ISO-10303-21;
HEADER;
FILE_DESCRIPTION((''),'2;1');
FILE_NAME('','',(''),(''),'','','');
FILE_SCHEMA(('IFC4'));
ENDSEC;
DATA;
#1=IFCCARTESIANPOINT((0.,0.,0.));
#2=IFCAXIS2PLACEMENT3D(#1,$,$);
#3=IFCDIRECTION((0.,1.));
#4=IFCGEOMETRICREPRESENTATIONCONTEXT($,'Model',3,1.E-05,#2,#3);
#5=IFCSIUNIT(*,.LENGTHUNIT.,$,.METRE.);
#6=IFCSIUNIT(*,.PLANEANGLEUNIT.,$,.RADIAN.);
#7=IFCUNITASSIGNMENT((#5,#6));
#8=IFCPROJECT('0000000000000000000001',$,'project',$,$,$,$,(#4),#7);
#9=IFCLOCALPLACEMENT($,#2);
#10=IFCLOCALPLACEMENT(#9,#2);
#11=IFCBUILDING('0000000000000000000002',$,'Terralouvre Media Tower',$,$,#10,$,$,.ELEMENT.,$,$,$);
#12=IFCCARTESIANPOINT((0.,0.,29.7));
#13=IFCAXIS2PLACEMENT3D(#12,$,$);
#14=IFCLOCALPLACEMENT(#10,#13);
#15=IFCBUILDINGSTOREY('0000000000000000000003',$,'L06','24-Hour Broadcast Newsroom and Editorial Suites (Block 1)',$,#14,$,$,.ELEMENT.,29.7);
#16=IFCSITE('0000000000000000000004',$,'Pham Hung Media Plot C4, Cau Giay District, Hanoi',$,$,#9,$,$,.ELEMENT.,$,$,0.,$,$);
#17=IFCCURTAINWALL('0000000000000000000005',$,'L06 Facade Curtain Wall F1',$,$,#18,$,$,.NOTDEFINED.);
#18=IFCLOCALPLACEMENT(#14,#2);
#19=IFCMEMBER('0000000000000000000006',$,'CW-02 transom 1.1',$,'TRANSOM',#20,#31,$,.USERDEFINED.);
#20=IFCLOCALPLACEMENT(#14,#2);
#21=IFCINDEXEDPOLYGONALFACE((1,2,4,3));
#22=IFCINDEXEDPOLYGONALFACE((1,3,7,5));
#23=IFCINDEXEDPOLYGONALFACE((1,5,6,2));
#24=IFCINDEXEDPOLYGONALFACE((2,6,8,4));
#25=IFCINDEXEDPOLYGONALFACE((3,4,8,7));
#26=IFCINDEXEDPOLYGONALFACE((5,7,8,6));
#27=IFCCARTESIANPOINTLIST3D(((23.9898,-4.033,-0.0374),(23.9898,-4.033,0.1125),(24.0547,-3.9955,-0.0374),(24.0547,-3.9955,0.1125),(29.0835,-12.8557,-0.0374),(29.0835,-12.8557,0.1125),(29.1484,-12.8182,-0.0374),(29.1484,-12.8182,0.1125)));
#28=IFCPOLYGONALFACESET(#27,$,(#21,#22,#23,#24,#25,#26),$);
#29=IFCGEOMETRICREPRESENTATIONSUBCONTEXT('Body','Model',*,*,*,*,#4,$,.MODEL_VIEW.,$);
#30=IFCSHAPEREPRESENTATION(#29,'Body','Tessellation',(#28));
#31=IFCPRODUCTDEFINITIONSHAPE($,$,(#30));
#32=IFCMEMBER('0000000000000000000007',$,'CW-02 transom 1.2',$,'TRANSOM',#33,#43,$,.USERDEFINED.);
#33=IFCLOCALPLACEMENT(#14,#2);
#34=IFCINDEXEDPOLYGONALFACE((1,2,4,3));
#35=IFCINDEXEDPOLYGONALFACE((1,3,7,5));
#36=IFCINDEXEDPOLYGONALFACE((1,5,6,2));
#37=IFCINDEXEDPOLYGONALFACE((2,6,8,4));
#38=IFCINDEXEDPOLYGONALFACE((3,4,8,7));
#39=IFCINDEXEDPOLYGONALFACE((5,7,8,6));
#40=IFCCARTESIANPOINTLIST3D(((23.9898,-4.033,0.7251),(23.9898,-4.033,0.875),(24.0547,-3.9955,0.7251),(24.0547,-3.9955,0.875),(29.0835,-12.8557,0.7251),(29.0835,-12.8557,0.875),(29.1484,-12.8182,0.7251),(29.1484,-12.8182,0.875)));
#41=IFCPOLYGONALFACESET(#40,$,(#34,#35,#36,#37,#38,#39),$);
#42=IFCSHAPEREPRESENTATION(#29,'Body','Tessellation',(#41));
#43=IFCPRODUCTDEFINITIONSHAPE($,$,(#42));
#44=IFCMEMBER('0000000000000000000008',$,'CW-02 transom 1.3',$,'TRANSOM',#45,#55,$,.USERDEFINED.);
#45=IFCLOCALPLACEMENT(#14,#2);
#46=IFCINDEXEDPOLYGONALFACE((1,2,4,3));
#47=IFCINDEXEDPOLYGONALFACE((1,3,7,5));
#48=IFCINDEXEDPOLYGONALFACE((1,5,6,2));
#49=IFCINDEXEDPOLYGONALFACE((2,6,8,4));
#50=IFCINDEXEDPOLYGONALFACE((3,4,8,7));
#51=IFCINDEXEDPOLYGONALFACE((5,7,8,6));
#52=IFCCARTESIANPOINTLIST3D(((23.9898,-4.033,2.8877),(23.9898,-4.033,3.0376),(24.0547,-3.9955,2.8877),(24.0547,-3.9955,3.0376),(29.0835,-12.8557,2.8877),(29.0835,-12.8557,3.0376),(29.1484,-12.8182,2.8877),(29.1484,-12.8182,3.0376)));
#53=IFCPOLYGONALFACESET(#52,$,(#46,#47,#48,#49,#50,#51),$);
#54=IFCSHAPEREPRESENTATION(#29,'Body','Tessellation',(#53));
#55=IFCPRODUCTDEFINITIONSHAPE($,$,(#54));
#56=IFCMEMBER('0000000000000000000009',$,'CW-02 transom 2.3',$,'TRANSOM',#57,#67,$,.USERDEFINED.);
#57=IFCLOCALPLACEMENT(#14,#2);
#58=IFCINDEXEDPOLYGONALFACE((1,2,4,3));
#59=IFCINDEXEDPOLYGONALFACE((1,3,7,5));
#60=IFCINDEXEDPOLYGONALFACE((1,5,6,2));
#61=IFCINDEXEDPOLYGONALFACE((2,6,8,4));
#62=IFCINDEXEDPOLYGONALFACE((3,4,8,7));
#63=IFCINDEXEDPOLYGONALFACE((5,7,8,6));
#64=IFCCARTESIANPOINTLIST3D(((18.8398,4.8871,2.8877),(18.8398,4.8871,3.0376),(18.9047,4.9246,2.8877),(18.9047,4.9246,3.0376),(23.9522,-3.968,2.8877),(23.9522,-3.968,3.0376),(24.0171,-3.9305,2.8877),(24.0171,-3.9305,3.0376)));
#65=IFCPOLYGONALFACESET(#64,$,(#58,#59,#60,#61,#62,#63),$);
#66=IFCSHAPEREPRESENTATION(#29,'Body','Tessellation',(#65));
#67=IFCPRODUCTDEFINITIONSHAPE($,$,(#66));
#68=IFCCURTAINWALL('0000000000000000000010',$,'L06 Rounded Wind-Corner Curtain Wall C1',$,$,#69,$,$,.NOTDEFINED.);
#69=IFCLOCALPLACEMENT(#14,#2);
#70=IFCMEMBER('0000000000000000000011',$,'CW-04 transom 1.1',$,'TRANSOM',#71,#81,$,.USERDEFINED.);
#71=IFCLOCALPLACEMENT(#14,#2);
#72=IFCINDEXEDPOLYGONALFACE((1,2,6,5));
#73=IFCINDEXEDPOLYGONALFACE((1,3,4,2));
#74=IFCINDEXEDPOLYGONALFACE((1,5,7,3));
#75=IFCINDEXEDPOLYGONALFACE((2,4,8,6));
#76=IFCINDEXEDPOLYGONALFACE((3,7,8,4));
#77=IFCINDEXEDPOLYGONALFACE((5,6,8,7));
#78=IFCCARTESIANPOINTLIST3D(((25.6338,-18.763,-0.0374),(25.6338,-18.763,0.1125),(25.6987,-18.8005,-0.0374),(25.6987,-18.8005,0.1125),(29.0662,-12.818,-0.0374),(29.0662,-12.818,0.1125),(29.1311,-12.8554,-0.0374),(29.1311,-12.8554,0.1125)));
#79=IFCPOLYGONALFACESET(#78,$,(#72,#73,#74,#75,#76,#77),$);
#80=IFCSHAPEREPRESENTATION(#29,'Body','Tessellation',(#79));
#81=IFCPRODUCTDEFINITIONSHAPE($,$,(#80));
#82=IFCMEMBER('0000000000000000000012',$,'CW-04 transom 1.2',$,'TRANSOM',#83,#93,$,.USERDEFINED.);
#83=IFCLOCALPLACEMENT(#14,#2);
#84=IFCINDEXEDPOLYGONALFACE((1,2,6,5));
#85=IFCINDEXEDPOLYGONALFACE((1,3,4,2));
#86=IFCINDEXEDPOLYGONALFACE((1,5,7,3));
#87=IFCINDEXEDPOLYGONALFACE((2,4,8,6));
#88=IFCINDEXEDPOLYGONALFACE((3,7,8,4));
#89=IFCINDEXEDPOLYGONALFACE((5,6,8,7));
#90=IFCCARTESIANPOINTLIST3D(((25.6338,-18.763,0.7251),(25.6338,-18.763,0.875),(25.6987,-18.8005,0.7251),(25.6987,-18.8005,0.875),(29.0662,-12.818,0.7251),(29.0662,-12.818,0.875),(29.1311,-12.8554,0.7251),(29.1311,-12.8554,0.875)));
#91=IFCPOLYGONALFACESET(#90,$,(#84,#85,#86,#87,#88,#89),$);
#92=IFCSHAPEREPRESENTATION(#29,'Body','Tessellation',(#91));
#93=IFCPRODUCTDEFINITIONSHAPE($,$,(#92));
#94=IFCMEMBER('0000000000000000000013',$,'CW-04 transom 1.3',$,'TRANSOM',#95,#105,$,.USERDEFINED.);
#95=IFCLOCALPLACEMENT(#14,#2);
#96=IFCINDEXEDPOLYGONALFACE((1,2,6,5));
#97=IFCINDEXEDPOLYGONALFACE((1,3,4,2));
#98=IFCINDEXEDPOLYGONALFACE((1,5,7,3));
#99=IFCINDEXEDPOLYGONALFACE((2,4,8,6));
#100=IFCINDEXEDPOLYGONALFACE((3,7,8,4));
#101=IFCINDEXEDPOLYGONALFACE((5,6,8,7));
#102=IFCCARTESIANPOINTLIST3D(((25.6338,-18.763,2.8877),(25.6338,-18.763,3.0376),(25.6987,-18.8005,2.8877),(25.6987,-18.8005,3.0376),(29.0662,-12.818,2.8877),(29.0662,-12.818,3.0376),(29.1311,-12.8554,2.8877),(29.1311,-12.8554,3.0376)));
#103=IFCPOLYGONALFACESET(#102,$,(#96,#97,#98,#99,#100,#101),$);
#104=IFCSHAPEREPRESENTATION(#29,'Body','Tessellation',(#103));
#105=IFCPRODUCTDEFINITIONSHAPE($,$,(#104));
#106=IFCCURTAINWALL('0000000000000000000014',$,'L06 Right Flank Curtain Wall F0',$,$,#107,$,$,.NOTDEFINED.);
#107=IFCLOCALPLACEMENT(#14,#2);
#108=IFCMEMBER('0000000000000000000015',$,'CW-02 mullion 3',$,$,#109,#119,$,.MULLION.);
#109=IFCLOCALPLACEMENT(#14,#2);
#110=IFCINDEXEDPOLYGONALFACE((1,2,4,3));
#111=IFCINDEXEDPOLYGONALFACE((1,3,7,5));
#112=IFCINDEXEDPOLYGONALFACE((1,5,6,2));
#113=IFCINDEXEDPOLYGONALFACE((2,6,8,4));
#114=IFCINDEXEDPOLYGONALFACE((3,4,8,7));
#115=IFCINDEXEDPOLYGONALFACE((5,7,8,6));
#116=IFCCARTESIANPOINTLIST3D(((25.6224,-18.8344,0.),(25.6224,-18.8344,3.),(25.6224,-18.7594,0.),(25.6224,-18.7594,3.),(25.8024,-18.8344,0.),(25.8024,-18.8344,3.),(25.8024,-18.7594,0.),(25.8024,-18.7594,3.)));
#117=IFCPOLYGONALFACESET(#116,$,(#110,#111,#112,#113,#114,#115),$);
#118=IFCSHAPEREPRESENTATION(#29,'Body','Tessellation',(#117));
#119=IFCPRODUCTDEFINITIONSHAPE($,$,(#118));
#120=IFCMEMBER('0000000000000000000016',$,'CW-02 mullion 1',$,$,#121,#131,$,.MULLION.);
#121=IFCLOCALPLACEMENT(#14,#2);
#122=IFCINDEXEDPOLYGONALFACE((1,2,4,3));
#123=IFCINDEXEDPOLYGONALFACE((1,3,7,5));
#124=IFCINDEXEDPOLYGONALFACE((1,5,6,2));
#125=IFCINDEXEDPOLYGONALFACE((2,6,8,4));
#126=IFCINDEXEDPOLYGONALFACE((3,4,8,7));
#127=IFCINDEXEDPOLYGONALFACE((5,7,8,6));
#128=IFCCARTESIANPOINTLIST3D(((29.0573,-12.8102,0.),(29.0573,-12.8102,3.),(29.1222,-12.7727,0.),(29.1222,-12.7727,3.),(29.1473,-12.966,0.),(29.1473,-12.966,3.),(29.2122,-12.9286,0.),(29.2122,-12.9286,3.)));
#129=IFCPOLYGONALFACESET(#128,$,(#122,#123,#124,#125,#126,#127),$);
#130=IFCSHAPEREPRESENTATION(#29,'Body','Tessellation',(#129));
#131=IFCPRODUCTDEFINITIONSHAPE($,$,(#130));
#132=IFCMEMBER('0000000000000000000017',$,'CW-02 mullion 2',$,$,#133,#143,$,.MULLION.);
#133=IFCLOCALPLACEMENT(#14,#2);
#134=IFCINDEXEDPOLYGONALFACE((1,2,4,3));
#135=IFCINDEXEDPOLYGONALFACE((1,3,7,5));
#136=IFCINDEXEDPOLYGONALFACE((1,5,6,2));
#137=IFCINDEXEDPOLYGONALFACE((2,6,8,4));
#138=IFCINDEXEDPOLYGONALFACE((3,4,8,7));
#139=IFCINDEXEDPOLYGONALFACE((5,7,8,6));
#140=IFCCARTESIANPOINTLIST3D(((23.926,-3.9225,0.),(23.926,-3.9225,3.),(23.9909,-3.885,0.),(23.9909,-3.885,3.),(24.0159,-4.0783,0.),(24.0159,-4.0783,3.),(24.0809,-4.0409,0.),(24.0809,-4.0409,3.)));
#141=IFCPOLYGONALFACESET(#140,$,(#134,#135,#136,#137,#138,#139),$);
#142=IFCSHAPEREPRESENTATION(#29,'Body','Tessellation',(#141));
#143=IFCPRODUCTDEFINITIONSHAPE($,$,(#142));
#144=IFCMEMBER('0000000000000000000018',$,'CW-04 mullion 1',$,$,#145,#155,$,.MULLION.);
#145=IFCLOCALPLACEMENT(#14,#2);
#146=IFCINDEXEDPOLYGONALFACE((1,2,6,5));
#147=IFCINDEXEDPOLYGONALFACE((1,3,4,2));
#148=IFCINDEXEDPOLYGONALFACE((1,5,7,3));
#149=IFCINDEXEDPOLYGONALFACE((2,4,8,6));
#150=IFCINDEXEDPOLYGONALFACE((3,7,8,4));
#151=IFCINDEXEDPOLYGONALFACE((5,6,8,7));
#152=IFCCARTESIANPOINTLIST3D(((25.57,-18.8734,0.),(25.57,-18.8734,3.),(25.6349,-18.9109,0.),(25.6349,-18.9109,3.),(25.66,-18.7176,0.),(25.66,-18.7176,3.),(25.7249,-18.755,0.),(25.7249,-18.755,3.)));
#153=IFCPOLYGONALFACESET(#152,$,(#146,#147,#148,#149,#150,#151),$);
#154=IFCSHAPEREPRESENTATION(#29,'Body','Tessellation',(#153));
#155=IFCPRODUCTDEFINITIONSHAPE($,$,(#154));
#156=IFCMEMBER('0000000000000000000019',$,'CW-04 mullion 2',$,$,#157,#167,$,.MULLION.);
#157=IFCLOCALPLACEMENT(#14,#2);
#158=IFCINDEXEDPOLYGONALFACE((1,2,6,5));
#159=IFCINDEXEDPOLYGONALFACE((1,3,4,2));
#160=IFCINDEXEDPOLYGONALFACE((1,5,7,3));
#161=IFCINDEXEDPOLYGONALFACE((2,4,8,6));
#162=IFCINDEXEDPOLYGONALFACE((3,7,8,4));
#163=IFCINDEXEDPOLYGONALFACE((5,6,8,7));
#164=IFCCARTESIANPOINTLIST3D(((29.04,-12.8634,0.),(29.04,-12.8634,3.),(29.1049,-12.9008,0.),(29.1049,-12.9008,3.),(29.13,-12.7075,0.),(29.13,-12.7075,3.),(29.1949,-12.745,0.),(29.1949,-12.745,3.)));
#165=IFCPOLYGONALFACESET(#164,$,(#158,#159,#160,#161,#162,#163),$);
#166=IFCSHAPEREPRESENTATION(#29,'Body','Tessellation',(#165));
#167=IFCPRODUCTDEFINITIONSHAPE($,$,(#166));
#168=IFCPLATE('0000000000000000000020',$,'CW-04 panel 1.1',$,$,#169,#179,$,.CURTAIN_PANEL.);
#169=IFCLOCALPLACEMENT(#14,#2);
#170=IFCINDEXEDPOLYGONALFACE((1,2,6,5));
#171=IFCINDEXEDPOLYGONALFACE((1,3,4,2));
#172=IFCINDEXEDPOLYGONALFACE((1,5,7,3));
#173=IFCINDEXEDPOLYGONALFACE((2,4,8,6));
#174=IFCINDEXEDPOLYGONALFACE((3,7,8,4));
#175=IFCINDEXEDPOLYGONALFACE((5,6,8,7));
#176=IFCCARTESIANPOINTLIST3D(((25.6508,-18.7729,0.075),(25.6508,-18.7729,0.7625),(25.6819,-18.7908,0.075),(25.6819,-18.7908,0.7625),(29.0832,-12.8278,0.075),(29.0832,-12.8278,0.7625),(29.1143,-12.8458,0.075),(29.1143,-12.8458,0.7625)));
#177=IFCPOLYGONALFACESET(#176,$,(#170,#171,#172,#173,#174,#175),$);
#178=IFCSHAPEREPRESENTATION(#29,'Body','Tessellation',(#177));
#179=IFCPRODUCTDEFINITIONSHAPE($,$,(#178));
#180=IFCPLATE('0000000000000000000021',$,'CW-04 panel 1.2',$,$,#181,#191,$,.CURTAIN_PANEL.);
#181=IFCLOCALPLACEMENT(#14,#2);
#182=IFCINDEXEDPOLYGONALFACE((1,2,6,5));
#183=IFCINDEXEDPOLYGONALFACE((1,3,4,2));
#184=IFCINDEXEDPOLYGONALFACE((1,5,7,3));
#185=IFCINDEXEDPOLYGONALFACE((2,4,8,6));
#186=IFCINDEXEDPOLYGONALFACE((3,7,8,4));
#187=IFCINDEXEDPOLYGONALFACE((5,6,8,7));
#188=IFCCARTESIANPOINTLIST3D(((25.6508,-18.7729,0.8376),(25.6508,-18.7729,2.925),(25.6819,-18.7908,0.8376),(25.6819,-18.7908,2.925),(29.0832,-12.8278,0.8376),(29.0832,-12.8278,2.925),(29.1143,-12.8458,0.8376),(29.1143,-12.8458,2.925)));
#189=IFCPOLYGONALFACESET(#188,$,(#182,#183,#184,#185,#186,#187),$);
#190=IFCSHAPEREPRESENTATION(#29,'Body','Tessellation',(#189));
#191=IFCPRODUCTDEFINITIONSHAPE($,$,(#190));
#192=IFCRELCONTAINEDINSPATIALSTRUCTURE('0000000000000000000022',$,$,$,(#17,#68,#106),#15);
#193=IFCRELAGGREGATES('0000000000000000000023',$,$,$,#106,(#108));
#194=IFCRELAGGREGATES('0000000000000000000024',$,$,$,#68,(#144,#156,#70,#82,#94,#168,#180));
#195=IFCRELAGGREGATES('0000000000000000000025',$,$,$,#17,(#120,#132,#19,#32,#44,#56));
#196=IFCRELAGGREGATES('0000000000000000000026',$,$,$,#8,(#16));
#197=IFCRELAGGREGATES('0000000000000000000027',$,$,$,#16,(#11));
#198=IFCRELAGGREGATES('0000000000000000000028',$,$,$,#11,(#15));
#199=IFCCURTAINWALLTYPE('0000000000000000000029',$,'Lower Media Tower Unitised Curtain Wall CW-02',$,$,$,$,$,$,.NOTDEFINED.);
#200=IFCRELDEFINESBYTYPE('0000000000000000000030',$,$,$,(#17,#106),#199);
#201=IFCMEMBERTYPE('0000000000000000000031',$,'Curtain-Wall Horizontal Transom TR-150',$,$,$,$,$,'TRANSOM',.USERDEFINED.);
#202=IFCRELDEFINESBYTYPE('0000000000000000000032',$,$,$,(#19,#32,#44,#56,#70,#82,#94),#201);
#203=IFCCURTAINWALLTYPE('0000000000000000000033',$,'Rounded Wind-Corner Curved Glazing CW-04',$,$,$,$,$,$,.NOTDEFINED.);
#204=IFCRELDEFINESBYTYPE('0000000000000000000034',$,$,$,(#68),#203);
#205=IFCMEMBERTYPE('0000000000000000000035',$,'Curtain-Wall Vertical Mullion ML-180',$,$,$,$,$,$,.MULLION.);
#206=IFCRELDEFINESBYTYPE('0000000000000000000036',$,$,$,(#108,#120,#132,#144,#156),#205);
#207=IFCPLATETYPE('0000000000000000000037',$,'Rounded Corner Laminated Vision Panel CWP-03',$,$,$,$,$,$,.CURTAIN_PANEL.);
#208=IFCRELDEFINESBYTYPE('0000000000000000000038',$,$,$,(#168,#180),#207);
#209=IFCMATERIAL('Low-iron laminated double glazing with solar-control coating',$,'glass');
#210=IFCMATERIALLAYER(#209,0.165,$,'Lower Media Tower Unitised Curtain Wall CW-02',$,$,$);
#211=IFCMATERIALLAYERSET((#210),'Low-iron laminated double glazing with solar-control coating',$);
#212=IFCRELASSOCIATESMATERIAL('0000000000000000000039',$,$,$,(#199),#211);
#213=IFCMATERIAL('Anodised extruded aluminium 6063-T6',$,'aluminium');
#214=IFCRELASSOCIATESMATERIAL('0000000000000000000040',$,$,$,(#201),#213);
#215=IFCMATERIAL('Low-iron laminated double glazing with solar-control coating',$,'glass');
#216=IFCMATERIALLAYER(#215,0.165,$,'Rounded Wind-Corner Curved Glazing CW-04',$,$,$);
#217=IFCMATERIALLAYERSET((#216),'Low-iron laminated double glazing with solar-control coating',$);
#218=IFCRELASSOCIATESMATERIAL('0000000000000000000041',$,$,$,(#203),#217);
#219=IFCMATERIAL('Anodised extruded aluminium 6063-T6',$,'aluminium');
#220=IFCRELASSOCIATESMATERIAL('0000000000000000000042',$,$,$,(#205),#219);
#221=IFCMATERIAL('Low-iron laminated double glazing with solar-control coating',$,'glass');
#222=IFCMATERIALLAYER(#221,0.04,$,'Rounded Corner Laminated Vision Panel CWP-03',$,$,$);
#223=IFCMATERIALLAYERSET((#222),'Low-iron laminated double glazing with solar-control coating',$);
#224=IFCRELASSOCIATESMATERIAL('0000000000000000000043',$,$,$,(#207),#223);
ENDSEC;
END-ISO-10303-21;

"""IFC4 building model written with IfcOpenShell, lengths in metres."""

from ifc_helpers import new_model, si_unit, direction, frame, origin, origin_2d, place, context, subcontext, project, spatial, rectangle, extrude, material, layer, layer_set, material_profile, profile_set, type_object, element, aggregate, save


model = new_model("IFC4")

# Units and contexts
model_context = context("Model", 3, precision=1e-05, world=origin(), true_north=direction((0.0, 1.0)))
body_context = subcontext(model_context, "Body", "Model", "MODEL_VIEW")
ifc_project = project(units=[si_unit("LENGTHUNIT", "METRE"), si_unit("PLANEANGLEUNIT", "RADIAN")], contexts=[model_context])

# Site, building, storey
site_placement = place(None, origin())
site = spatial("IfcSite", under=ifc_project, at=site_placement, Name="Pham Hung Media Plot C4, Cau Giay District, Hanoi", CompositionType="ELEMENT", RefElevation=0.0)
building_placement = place(site_placement, origin())
building = spatial("IfcBuilding", under=site, at=building_placement, Name="Terralouvre Media Tower", CompositionType="ELEMENT")
storey_placement = place(building_placement, frame((0.0, 0.0, 29.7)))
storey = spatial("IfcBuildingStorey", under=building, at=storey_placement, Name="L06", Description="24-Hour Broadcast Newsroom and Editorial Suites (Block 1)", CompositionType="ELEMENT", Elevation=29.7)

# Curtain walls, members
ifc_material_1 = material(Name="Low-iron laminated double glazing with solar-control coating", Category="glass")
ifc_layer_1 = layer(ifc_material_1, 0.165, Name="Lower Media Tower Unitised Curtain Wall CW-02")
ifc_layer_set_1 = layer_set([ifc_layer_1], Name="Low-iron laminated double glazing with solar-control coating")
curtain_wall_type_1 = type_object("IfcCurtainWallType", Name="Lower Media Tower Unitised Curtain Wall CW-02", PredefinedType="NOTDEFINED", material=ifc_layer_set_1)
curtain_wall_1_placement = place(storey_placement, origin())
curtain_wall_1 = element("IfcCurtainWall", 1, at=curtain_wall_1_placement, inside=storey, type_object=curtain_wall_type_1, Name="L06 Facade Curtain Wall F1", PredefinedType="NOTDEFINED")
ifc_material_2 = material(Name="Anodised extruded aluminium 6063-T6", Category="aluminium")
ifc_material_profile_1 = material_profile(ifc_material_2, rectangle(XDim=0.075, YDim=0.1499, at=origin_2d()), Name="ALU 75x150")
ifc_profile_set_1 = profile_set([ifc_material_profile_1], Name="Anodised extruded aluminium 6063-T6")
member_type_1 = type_object("IfcMemberType", Name="Curtain-Wall Horizontal Transom TR-150", ElementType="TRANSOM", PredefinedType="USERDEFINED", material=ifc_profile_set_1)
member_1_placement = place(storey_placement, frame((29.116, -12.8369, 0.0376), z_axis=(-0.499995, 0.866028, 0.0), x_axis=(-0.866028, -0.499995, 0.0)))
member_1 = element("IfcMember", 2, at=member_1_placement, type_object=member_type_1, Name="CW-02 transom 1.1", ObjectType="TRANSOM", PredefinedType="USERDEFINED", context=body_context, shape_type="SweptSolid", body=[
    extrude(rectangle(XDim=0.075, YDim=0.1499, at=origin_2d()), origin(), (0.0, 0.0, 1.0), 10.1875),
])
member_2_placement = place(storey_placement, frame((29.116, -12.8369, 0.8), z_axis=(-0.499995, 0.866028, 0.0), x_axis=(-0.866028, -0.499995, 0.0)))
member_2 = element("IfcMember", 3, at=member_2_placement, type_object=member_type_1, Name="CW-02 transom 1.2", ObjectType="TRANSOM", PredefinedType="USERDEFINED", context=body_context, shape_type="SweptSolid", body=[
    extrude(rectangle(XDim=0.075, YDim=0.1499, at=origin_2d()), origin(), (0.0, 0.0, 1.0), 10.1875),
])
member_3_placement = place(storey_placement, frame((29.116, -12.8369, 2.9626), z_axis=(-0.499995, 0.866028, 0.0), x_axis=(-0.866028, -0.499995, 0.0)))
member_3 = element("IfcMember", 4, at=member_3_placement, type_object=member_type_1, Name="CW-02 transom 1.3", ObjectType="TRANSOM", PredefinedType="USERDEFINED", context=body_context, shape_type="SweptSolid", body=[
    extrude(rectangle(XDim=0.075, YDim=0.1499, at=origin_2d()), origin(), (0.0, 0.0, 1.0), 10.1875),
])
member_4_placement = place(storey_placement, frame((23.9846, -3.9492, 2.9626), z_axis=(-0.499991, 0.866031, 0.0), x_axis=(-0.866031, -0.499991, 0.0)))
member_4 = element("IfcMember", 5, at=member_4_placement, type_object=member_type_1, Name="CW-02 transom 2.3", ObjectType="TRANSOM", PredefinedType="USERDEFINED", context=body_context, shape_type="SweptSolid", body=[
    extrude(rectangle(XDim=0.075, YDim=0.1499, at=origin_2d()), origin(), (0.0, 0.0, 1.0), 10.2249),
])
ifc_material_3 = material(Name="Low-iron laminated double glazing with solar-control coating", Category="glass")
ifc_layer_2 = layer(ifc_material_3, 0.165, Name="Rounded Wind-Corner Curved Glazing CW-04")
ifc_layer_set_2 = layer_set([ifc_layer_2], Name="Low-iron laminated double glazing with solar-control coating")
curtain_wall_type_2 = type_object("IfcCurtainWallType", Name="Rounded Wind-Corner Curved Glazing CW-04", PredefinedType="NOTDEFINED", material=ifc_layer_set_2)
curtain_wall_2_placement = place(storey_placement, origin())
curtain_wall_2 = element("IfcCurtainWall", 6, at=curtain_wall_2_placement, inside=storey, type_object=curtain_wall_type_2, Name="L06 Rounded Wind-Corner Curtain Wall C1", PredefinedType="NOTDEFINED")
member_5_placement = place(storey_placement, frame((25.6663, -18.7817, 0.0376), z_axis=(0.499998, 0.866026, 0.0), x_axis=(-0.866026, 0.499998, 0.0)))
member_5 = element("IfcMember", 7, at=member_5_placement, type_object=member_type_1, Name="CW-04 transom 1.1", ObjectType="TRANSOM", PredefinedType="USERDEFINED", context=body_context, shape_type="SweptSolid", body=[
    extrude(rectangle(XDim=0.075, YDim=0.1499, at=origin_2d()), origin(), (0.0, 0.0, 1.0), 6.8647),
])
member_6_placement = place(storey_placement, frame((25.6663, -18.7817, 0.8), z_axis=(0.499998, 0.866026, 0.0), x_axis=(-0.866026, 0.499998, 0.0)))
member_6 = element("IfcMember", 8, at=member_6_placement, type_object=member_type_1, Name="CW-04 transom 1.2", ObjectType="TRANSOM", PredefinedType="USERDEFINED", context=body_context, shape_type="SweptSolid", body=[
    extrude(rectangle(XDim=0.075, YDim=0.1499, at=origin_2d()), origin(), (0.0, 0.0, 1.0), 6.8647),
])
member_7_placement = place(storey_placement, frame((25.6663, -18.7817, 2.9626), z_axis=(0.499998, 0.866026, 0.0), x_axis=(-0.866026, 0.499998, 0.0)))
member_7 = element("IfcMember", 9, at=member_7_placement, type_object=member_type_1, Name="CW-04 transom 1.3", ObjectType="TRANSOM", PredefinedType="USERDEFINED", context=body_context, shape_type="SweptSolid", body=[
    extrude(rectangle(XDim=0.075, YDim=0.1499, at=origin_2d()), origin(), (0.0, 0.0, 1.0), 6.8647),
])

# Curtain wall, member
curtain_wall_3_placement = place(storey_placement, origin())
curtain_wall_3 = element("IfcCurtainWall", 10, at=curtain_wall_3_placement, inside=storey, type_object=curtain_wall_type_1, Name="L06 Right Flank Curtain Wall F0", PredefinedType="NOTDEFINED")
ifc_material_4 = material(Name="Anodised extruded aluminium 6063-T6", Category="aluminium")
ifc_material_profile_2 = material_profile(ifc_material_4, rectangle(XDim=0.075, YDim=0.1799, at=origin_2d()), Name="ALU 75x180")
ifc_profile_set_2 = profile_set([ifc_material_profile_2], Name="Anodised extruded aluminium 6063-T6")
member_type_2 = type_object("IfcMemberType", Name="Curtain-Wall Vertical Mullion ML-180", PredefinedType="MULLION", material=ifc_profile_set_2)
member_8_placement = place(storey_placement, frame((25.7124, -18.7969, 0.0), z_axis=(0.0, 0.0, 1.0), x_axis=(0.0, 1.0, 0.0)))
member_8 = element("IfcMember", 11, at=member_8_placement, type_object=member_type_2, Name="CW-02 mullion 3", PredefinedType="MULLION", context=body_context, shape_type="SweptSolid", body=[
    extrude(rectangle(XDim=0.075, YDim=0.1799, at=origin_2d()), origin(), (0.0, 0.0, 1.0), 3.0),
])
aggregate(curtain_wall_3, [member_8])

# Members
member_9_placement = place(storey_placement, frame((29.1348, -12.8694, 0.0), z_axis=(0.0, 0.0, 1.0), x_axis=(-0.866025, -0.5, 0.0)))
member_9 = element("IfcMember", 12, at=member_9_placement, type_object=member_type_2, Name="CW-02 mullion 1", PredefinedType="MULLION", context=body_context, shape_type="SweptSolid", body=[
    extrude(rectangle(XDim=0.075, YDim=0.1799, at=origin_2d()), origin(), (0.0, 0.0, 1.0), 3.0),
])
member_10_placement = place(storey_placement, frame((24.0034, -3.9817, 0.0), z_axis=(0.0, 0.0, 1.0), x_axis=(-0.866025, -0.5, 0.0)))
member_10 = element("IfcMember", 13, at=member_10_placement, type_object=member_type_2, Name="CW-02 mullion 2", PredefinedType="MULLION", context=body_context, shape_type="SweptSolid", body=[
    extrude(rectangle(XDim=0.075, YDim=0.1799, at=origin_2d()), origin(), (0.0, 0.0, 1.0), 3.0),
])
member_11_placement = place(storey_placement, frame((25.6475, -18.8142, 0.0), z_axis=(0.0, 0.0, 1.0), x_axis=(-0.866026, 0.5, 0.0)))
member_11 = element("IfcMember", 14, at=member_11_placement, type_object=member_type_2, Name="CW-04 mullion 1", PredefinedType="MULLION", context=body_context, shape_type="SweptSolid", body=[
    extrude(rectangle(XDim=0.075, YDim=0.1799, at=origin_2d()), origin(), (0.0, 0.0, 1.0), 3.0),
])
member_12_placement = place(storey_placement, frame((29.1174, -12.8042, 0.0), z_axis=(0.0, 0.0, 1.0), x_axis=(-0.866026, 0.5, 0.0)))
member_12 = element("IfcMember", 15, at=member_12_placement, type_object=member_type_2, Name="CW-04 mullion 2", PredefinedType="MULLION", context=body_context, shape_type="SweptSolid", body=[
    extrude(rectangle(XDim=0.075, YDim=0.1799, at=origin_2d()), origin(), (0.0, 0.0, 1.0), 3.0),
])

# Plates
ifc_material_5 = material(Name="Low-iron laminated double glazing with solar-control coating", Category="glass")
ifc_layer_3 = layer(ifc_material_5, 0.04, Name="Rounded Corner Laminated Vision Panel CWP-03")
ifc_layer_set_3 = layer_set([ifc_layer_3], Name="Low-iron laminated double glazing with solar-control coating")
plate_type_1 = type_object("IfcPlateType", Name="Rounded Corner Laminated Vision Panel CWP-03", PredefinedType="CURTAIN_PANEL", material=ifc_layer_set_3)
plate_1_placement = place(storey_placement, frame((27.3826, -15.8093, 0.075), z_axis=(0.0, 0.0, 1.0), x_axis=(0.5, 0.866026, 0.0)))
plate_1 = element("IfcPlate", 16, at=plate_1_placement, type_object=plate_type_1, Name="CW-04 panel 1.1", PredefinedType="CURTAIN_PANEL", context=body_context, shape_type="SweptSolid", body=[
    extrude(rectangle(XDim=6.8647, YDim=0.0359, at=origin_2d()), origin(), (0.0, 0.0, 1.0), 0.6875),
])
plate_2_placement = place(storey_placement, frame((27.3826, -15.8093, 0.8376), z_axis=(0.0, 0.0, 1.0), x_axis=(0.5, 0.866026, 0.0)))
plate_2 = element("IfcPlate", 17, at=plate_2_placement, type_object=plate_type_1, Name="CW-04 panel 1.2", PredefinedType="CURTAIN_PANEL", context=body_context, shape_type="SweptSolid", body=[
    extrude(rectangle(XDim=6.8647, YDim=0.0359, at=origin_2d()), origin(), (0.0, 0.0, 1.0), 2.0874),
])
aggregate(curtain_wall_2, [member_11, member_12, member_5, member_6, member_7, plate_1, plate_2])
aggregate(curtain_wall_1, [member_9, member_10, member_1, member_2, member_3, member_4])

save(model, "model.ifc")
